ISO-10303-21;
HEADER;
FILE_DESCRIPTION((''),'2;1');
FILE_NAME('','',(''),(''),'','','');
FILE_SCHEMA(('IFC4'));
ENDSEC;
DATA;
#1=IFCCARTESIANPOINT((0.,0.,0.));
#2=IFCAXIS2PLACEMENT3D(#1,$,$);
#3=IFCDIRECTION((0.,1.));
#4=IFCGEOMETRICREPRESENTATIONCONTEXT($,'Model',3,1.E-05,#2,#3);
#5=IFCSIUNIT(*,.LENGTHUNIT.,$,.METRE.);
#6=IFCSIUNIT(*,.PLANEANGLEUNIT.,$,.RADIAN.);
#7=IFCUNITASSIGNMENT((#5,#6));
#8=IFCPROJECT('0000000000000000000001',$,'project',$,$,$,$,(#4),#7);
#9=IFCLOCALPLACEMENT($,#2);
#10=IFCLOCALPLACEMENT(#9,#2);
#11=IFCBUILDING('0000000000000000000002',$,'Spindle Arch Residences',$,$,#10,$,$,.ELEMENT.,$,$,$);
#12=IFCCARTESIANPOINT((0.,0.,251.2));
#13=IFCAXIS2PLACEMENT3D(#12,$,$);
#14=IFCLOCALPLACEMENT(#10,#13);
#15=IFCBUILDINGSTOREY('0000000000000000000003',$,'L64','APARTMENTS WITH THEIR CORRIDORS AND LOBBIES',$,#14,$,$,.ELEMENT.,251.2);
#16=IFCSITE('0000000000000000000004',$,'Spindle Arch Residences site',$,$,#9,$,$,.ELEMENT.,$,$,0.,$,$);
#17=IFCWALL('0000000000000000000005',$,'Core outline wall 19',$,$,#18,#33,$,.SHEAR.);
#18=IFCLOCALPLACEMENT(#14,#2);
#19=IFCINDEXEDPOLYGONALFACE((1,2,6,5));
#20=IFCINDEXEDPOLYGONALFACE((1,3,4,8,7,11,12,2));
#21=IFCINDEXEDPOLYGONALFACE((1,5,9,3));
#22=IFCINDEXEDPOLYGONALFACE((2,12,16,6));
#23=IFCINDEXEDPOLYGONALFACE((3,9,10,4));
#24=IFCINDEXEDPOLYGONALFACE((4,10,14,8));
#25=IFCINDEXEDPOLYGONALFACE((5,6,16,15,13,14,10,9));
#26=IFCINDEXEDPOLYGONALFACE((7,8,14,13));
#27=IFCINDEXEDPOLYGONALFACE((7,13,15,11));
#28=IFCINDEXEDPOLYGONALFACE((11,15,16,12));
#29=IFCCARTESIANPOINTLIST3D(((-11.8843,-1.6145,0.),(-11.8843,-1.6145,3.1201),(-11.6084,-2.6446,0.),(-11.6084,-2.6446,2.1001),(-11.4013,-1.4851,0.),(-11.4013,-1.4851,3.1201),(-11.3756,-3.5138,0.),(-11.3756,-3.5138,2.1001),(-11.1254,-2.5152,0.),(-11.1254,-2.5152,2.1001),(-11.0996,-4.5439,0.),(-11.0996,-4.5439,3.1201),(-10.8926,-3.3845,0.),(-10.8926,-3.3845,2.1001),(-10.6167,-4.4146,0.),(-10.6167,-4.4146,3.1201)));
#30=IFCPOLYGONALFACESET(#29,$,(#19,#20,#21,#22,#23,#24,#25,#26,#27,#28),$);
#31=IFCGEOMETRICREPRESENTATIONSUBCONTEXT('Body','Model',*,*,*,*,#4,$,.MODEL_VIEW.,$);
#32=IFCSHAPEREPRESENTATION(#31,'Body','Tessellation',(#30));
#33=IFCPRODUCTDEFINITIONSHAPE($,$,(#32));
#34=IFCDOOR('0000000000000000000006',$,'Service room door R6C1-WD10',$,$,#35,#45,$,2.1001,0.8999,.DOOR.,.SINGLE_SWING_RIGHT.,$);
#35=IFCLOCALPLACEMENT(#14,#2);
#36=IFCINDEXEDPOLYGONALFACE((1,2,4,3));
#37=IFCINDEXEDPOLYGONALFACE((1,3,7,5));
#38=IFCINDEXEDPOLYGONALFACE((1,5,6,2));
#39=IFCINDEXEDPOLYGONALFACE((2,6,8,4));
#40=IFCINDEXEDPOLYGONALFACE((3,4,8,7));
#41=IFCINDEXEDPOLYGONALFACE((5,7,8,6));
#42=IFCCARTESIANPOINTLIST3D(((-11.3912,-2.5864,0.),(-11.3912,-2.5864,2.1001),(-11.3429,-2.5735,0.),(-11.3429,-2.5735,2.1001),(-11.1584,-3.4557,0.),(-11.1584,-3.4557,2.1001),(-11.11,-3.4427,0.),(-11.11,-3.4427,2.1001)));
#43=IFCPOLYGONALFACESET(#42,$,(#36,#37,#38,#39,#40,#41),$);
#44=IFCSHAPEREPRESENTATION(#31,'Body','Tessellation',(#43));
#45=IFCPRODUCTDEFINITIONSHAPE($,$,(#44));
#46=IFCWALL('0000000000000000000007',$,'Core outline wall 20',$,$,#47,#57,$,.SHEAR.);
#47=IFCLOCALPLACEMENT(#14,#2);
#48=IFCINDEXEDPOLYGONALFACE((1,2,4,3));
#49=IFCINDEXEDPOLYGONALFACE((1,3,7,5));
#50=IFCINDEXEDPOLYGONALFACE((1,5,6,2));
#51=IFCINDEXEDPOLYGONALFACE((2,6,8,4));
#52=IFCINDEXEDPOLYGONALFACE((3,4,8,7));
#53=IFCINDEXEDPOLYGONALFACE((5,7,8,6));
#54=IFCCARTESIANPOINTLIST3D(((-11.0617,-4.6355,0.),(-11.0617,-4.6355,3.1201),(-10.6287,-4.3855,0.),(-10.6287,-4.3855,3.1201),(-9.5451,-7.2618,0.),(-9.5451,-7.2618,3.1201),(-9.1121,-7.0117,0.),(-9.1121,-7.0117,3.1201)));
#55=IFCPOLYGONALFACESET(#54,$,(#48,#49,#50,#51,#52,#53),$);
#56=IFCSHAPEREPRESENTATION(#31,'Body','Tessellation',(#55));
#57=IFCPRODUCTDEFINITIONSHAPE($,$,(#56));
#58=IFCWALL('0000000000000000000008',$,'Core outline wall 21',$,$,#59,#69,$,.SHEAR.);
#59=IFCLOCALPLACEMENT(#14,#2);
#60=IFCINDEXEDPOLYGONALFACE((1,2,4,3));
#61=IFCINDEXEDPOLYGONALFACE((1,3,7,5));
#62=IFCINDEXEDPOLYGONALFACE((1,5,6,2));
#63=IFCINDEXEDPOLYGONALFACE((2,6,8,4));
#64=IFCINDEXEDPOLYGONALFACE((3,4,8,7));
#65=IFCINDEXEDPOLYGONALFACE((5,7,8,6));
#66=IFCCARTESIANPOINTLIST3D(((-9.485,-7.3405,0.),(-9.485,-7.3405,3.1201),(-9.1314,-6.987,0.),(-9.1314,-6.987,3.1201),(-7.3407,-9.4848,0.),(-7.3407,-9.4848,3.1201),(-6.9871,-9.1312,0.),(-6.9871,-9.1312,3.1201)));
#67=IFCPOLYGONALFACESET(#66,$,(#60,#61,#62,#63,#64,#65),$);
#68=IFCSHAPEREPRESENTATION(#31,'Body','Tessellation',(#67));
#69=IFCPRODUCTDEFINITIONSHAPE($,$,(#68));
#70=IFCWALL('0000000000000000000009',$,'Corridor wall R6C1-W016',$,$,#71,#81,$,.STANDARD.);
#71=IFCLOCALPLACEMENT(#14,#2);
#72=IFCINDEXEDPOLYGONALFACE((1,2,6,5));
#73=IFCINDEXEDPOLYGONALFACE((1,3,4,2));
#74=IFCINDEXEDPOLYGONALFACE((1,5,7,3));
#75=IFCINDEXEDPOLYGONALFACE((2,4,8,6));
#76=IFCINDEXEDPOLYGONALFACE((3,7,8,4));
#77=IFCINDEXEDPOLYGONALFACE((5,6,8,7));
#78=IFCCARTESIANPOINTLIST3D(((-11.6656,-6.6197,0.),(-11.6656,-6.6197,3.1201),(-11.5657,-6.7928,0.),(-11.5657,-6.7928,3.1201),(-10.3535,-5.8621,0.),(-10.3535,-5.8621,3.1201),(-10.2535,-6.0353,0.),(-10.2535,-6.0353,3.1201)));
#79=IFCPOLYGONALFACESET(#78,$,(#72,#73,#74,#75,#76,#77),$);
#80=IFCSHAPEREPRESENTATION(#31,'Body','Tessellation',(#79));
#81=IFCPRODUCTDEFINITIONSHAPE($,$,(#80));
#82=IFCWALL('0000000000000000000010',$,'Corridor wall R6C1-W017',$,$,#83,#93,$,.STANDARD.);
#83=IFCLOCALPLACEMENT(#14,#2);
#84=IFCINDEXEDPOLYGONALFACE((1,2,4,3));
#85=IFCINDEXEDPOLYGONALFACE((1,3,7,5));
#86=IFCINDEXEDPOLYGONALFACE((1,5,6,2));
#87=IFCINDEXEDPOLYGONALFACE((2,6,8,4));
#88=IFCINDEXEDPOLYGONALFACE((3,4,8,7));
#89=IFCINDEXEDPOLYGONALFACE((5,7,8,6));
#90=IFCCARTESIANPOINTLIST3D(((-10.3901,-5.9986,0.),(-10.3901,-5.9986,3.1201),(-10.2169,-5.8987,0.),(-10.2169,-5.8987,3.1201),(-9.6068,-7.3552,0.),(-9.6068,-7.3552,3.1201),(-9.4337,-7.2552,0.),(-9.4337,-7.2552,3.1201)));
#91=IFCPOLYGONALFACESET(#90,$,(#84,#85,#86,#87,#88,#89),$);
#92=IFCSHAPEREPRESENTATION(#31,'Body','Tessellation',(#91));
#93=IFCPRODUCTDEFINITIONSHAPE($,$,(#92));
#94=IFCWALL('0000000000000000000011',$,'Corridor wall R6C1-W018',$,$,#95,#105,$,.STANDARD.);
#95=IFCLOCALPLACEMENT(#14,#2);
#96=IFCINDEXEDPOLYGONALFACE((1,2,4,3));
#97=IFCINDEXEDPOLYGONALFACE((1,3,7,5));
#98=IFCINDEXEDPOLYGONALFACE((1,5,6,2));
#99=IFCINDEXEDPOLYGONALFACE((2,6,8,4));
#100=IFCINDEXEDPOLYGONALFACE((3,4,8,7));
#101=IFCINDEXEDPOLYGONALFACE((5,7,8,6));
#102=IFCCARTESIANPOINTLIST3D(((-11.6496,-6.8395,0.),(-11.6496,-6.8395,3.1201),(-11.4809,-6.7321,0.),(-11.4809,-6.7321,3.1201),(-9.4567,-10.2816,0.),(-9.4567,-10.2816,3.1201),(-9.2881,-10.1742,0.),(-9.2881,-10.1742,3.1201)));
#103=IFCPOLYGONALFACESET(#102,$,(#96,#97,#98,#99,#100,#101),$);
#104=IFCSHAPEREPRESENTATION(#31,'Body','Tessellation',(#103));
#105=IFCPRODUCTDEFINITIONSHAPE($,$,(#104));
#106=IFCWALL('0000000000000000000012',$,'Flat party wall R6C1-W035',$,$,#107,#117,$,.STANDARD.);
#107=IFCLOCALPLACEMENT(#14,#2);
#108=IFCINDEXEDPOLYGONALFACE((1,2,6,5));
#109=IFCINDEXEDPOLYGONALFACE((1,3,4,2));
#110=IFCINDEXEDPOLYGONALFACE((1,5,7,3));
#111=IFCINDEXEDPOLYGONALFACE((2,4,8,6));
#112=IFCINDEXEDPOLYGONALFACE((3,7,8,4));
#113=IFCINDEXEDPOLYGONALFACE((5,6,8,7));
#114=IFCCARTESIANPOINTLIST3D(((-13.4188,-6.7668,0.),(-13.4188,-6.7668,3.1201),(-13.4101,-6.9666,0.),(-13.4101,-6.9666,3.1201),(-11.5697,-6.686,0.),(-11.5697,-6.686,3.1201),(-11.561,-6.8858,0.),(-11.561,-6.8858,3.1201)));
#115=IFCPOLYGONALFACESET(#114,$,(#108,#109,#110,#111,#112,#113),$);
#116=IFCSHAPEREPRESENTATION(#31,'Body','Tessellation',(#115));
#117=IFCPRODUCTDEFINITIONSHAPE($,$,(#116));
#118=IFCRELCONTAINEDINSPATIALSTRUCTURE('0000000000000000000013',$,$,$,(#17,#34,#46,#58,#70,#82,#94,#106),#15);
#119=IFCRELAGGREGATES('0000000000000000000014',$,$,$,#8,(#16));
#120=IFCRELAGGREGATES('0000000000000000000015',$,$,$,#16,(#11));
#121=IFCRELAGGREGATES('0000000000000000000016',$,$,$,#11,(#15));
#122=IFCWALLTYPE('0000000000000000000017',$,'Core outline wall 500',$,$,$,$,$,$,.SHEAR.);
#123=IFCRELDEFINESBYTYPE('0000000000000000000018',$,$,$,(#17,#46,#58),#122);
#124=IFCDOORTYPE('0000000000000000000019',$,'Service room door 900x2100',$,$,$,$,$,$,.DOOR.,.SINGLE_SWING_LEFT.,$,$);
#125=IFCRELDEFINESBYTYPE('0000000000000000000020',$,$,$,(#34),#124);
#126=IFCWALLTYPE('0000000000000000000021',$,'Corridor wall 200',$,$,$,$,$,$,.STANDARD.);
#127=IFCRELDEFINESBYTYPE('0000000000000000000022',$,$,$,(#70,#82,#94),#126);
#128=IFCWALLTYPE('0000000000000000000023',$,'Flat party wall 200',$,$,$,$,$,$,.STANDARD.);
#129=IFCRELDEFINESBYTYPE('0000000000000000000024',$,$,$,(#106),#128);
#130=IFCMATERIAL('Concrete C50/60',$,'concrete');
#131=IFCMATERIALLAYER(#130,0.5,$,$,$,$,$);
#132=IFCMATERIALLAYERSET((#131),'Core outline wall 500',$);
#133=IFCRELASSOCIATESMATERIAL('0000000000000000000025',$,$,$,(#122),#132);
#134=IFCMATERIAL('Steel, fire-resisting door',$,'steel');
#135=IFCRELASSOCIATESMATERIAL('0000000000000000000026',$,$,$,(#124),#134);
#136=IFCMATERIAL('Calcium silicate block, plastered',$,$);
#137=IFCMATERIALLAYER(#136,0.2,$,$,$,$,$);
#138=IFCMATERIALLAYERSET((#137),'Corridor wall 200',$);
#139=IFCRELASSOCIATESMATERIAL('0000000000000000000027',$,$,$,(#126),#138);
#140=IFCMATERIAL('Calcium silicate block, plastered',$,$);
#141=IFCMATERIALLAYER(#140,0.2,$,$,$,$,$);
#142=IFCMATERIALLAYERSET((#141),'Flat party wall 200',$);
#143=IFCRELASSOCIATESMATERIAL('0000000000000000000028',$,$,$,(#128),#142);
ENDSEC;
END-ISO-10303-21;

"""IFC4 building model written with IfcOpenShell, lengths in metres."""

from ifc_helpers import new_model, si_unit, direction, frame, frame_2d, origin, place, context, subcontext, project, spatial, rectangle, extrude, material, layer, layer_set, type_object, element, fill, save


model = new_model("IFC4")

# Units and contexts
model_context = context("Model", 3, precision=1e-05, world=origin(), true_north=direction((0.0, 1.0)))
body_context = subcontext(model_context, "Body", "Model", "MODEL_VIEW")
ifc_project = project(units=[si_unit("LENGTHUNIT", "METRE"), si_unit("PLANEANGLEUNIT", "RADIAN")], contexts=[model_context])

# Site, building, storey
site_placement = place(None, origin())
site = spatial("IfcSite", under=ifc_project, at=site_placement, Name="Spindle Arch Residences site", CompositionType="ELEMENT", RefElevation=0.0)
building_placement = place(site_placement, origin())
building = spatial("IfcBuilding", under=site, at=building_placement, Name="Spindle Arch Residences", CompositionType="ELEMENT")
storey_placement = place(building_placement, frame((0.0, 0.0, 251.2)))
storey = spatial("IfcBuildingStorey", under=building, at=storey_placement, Name="L64", Description="APARTMENTS WITH THEIR CORRIDORS AND LOBBIES", CompositionType="ELEMENT", Elevation=251.2)

# Wall, opening, door
ifc_material_1 = material(Name="Concrete C50/60", Category="concrete")
ifc_layer_1 = layer(ifc_material_1, 0.5)
ifc_layer_set_1 = layer_set([ifc_layer_1], Name="Core outline wall 500")
wall_type_1 = type_object("IfcWallType", Name="Core outline wall 500", PredefinedType="SHEAR", material=ifc_layer_set_1)
wall_1_placement = place(storey_placement, frame((-11.6428, -1.5498, 0.0), z_axis=(0.0, 0.0, 1.0), x_axis=(0.258735, -0.965948, 0.0)))
wall_1 = element("IfcWall", 1, at=wall_1_placement, inside=storey, type_object=wall_type_1, Name="Core outline wall 19", PredefinedType="SHEAR", context=body_context, shape_type="SweptSolid", body=[
    extrude(rectangle(XDim=3.0327, YDim=0.5, at=frame_2d((1.5164, 0.0))), origin(), (0.0, 0.0, 1.0), 3.1201),
])
opening_1_placement = place(wall_1_placement, frame((1.0664, 0.0, 0.0)))
opening_1 = element("IfcOpeningElement", 2, at=opening_1_placement, cuts=wall_1, PredefinedType="OPENING", context=body_context, shape_type="SweptSolid", body=[
    extrude(rectangle(XDim=0.8999, YDim=2.1001, at=frame_2d((0.45, 1.05))), frame((0.0, 0.26, 0.0), z_axis=(0.0, -1.0, 0.0), x_axis=(1.0, 0.0, 0.0)), (0.0, 0.0, 1.0), 0.52),
])
ifc_material_2 = material(Name="Steel, fire-resisting door", Category="steel")
door_type_1 = type_object("IfcDoorType", Name="Service room door 900x2100", OperationType="SINGLE_SWING_LEFT", PredefinedType="DOOR", material=ifc_material_2)
door_1_placement = place(opening_1_placement, origin())
door_1 = element("IfcDoor", 3, at=door_1_placement, inside=storey, type_object=door_type_1, Name="Service room door R6C1-WD10", OperationType="SINGLE_SWING_RIGHT", OverallHeight=2.1001, OverallWidth=0.8999, PredefinedType="DOOR", context=body_context, shape_type="SweptSolid", body=[
    extrude(rectangle(XDim=0.8999, YDim=2.1001, at=frame_2d((0.45, 1.05))), frame((0.0, 0.0249, 0.0), z_axis=(0.0, -1.0, 0.0), x_axis=(1.0, 0.0, 0.0)), (0.0, 0.0, 1.0), 0.05),
])
fill(opening_1, door_1)

# Walls
wall_2_placement = place(storey_placement, frame((-10.8452, -4.5105, 0.0), z_axis=(0.0, 0.0, 1.0), x_axis=(0.500087, -0.865975, 0.0)))
element("IfcWall", 4, at=wall_2_placement, inside=storey, type_object=wall_type_1, Name="Core outline wall 20", PredefinedType="SHEAR", context=body_context, shape_type="SweptSolid", body=[
    extrude(rectangle(XDim=3.0327, YDim=0.5, at=frame_2d((1.5164, 0.0))), origin(), (0.0, 0.0, 1.0), 3.1201),
])
wall_3_placement = place(storey_placement, frame((-9.3081, -7.1638, 0.0), z_axis=(0.0, 0.0, 1.0), x_axis=(0.707107, -0.707107, 0.0)))
element("IfcWall", 5, at=wall_3_placement, inside=storey, type_object=wall_type_1, Name="Core outline wall 21", PredefinedType="SHEAR", context=body_context, shape_type="SweptSolid", body=[
    extrude(rectangle(XDim=3.0325, YDim=0.5, at=frame_2d((1.5161, 0.0))), origin(), (0.0, 0.0, 1.0), 3.1201),
])
ifc_material_3 = material(Name="Calcium silicate block, plastered")
ifc_layer_2 = layer(ifc_material_3, 0.2)
ifc_layer_set_2 = layer_set([ifc_layer_2], Name="Corridor wall 200")
wall_type_2 = type_object("IfcWallType", Name="Corridor wall 200", PredefinedType="STANDARD", material=ifc_layer_set_2)
wall_4_placement = place(storey_placement, frame((-10.3035, -5.9487, 0.0), z_axis=(0.0, 0.0, 1.0), x_axis=(-0.866043, -0.499969, 0.0)))
element("IfcWall", 6, at=wall_4_placement, inside=storey, type_object=wall_type_2, Name="Corridor wall R6C1-W016", PredefinedType="STANDARD", context=body_context, shape_type="SweptSolid", body=[
    extrude(rectangle(XDim=1.5151, YDim=0.2, at=frame_2d((0.7576, 0.0))), origin(), (0.0, 0.0, 1.0), 3.1201),
])
wall_5_placement = place(storey_placement, frame((-9.5203, -7.3052, 0.0), z_axis=(0.0, 0.0, 1.0), x_axis=(-0.500028, 0.866009, 0.0)))
element("IfcWall", 7, at=wall_5_placement, inside=storey, type_object=wall_type_2, Name="Corridor wall R6C1-W017", PredefinedType="STANDARD", context=body_context, shape_type="SweptSolid", body=[
    extrude(rectangle(XDim=1.5664, YDim=0.2, at=frame_2d((0.7832, 0.0))), origin(), (0.0, 0.0, 1.0), 3.1201),
])
wall_6_placement = place(storey_placement, frame((-11.5652, -6.7859, 0.0), z_axis=(0.0, 0.0, 1.0), x_axis=(0.537297, -0.843393, 0.0)))
element("IfcWall", 8, at=wall_6_placement, inside=storey, type_object=wall_type_2, Name="Corridor wall R6C1-W018", PredefinedType="STANDARD", context=body_context, shape_type="SweptSolid", body=[
    extrude(rectangle(XDim=4.0813, YDim=0.2, at=frame_2d((2.0405, 0.0))), origin(), (0.0, 0.0, 1.0), 3.1201),
])
ifc_material_4 = material(Name="Calcium silicate block, plastered")
ifc_layer_3 = layer(ifc_material_4, 0.2)
ifc_layer_set_3 = layer_set([ifc_layer_3], Name="Flat party wall 200")
wall_type_3 = type_object("IfcWallType", Name="Flat party wall 200", PredefinedType="STANDARD", material=ifc_layer_set_3)
wall_7_placement = place(storey_placement, frame((-13.4143, -6.8667, 0.0), z_axis=(0.0, 0.0, 1.0), x_axis=(0.999046, 0.04366, 0.0)))
element("IfcWall", 9, at=wall_7_placement, inside=storey, type_object=wall_type_3, Name="Flat party wall R6C1-W035", PredefinedType="STANDARD", context=body_context, shape_type="SweptSolid", body=[
    extrude(rectangle(XDim=1.8508, YDim=0.2, at=frame_2d((0.9253, 0.0))), origin(), (0.0, 0.0, 1.0), 3.1201),
])

save(model, "model.ifc")
